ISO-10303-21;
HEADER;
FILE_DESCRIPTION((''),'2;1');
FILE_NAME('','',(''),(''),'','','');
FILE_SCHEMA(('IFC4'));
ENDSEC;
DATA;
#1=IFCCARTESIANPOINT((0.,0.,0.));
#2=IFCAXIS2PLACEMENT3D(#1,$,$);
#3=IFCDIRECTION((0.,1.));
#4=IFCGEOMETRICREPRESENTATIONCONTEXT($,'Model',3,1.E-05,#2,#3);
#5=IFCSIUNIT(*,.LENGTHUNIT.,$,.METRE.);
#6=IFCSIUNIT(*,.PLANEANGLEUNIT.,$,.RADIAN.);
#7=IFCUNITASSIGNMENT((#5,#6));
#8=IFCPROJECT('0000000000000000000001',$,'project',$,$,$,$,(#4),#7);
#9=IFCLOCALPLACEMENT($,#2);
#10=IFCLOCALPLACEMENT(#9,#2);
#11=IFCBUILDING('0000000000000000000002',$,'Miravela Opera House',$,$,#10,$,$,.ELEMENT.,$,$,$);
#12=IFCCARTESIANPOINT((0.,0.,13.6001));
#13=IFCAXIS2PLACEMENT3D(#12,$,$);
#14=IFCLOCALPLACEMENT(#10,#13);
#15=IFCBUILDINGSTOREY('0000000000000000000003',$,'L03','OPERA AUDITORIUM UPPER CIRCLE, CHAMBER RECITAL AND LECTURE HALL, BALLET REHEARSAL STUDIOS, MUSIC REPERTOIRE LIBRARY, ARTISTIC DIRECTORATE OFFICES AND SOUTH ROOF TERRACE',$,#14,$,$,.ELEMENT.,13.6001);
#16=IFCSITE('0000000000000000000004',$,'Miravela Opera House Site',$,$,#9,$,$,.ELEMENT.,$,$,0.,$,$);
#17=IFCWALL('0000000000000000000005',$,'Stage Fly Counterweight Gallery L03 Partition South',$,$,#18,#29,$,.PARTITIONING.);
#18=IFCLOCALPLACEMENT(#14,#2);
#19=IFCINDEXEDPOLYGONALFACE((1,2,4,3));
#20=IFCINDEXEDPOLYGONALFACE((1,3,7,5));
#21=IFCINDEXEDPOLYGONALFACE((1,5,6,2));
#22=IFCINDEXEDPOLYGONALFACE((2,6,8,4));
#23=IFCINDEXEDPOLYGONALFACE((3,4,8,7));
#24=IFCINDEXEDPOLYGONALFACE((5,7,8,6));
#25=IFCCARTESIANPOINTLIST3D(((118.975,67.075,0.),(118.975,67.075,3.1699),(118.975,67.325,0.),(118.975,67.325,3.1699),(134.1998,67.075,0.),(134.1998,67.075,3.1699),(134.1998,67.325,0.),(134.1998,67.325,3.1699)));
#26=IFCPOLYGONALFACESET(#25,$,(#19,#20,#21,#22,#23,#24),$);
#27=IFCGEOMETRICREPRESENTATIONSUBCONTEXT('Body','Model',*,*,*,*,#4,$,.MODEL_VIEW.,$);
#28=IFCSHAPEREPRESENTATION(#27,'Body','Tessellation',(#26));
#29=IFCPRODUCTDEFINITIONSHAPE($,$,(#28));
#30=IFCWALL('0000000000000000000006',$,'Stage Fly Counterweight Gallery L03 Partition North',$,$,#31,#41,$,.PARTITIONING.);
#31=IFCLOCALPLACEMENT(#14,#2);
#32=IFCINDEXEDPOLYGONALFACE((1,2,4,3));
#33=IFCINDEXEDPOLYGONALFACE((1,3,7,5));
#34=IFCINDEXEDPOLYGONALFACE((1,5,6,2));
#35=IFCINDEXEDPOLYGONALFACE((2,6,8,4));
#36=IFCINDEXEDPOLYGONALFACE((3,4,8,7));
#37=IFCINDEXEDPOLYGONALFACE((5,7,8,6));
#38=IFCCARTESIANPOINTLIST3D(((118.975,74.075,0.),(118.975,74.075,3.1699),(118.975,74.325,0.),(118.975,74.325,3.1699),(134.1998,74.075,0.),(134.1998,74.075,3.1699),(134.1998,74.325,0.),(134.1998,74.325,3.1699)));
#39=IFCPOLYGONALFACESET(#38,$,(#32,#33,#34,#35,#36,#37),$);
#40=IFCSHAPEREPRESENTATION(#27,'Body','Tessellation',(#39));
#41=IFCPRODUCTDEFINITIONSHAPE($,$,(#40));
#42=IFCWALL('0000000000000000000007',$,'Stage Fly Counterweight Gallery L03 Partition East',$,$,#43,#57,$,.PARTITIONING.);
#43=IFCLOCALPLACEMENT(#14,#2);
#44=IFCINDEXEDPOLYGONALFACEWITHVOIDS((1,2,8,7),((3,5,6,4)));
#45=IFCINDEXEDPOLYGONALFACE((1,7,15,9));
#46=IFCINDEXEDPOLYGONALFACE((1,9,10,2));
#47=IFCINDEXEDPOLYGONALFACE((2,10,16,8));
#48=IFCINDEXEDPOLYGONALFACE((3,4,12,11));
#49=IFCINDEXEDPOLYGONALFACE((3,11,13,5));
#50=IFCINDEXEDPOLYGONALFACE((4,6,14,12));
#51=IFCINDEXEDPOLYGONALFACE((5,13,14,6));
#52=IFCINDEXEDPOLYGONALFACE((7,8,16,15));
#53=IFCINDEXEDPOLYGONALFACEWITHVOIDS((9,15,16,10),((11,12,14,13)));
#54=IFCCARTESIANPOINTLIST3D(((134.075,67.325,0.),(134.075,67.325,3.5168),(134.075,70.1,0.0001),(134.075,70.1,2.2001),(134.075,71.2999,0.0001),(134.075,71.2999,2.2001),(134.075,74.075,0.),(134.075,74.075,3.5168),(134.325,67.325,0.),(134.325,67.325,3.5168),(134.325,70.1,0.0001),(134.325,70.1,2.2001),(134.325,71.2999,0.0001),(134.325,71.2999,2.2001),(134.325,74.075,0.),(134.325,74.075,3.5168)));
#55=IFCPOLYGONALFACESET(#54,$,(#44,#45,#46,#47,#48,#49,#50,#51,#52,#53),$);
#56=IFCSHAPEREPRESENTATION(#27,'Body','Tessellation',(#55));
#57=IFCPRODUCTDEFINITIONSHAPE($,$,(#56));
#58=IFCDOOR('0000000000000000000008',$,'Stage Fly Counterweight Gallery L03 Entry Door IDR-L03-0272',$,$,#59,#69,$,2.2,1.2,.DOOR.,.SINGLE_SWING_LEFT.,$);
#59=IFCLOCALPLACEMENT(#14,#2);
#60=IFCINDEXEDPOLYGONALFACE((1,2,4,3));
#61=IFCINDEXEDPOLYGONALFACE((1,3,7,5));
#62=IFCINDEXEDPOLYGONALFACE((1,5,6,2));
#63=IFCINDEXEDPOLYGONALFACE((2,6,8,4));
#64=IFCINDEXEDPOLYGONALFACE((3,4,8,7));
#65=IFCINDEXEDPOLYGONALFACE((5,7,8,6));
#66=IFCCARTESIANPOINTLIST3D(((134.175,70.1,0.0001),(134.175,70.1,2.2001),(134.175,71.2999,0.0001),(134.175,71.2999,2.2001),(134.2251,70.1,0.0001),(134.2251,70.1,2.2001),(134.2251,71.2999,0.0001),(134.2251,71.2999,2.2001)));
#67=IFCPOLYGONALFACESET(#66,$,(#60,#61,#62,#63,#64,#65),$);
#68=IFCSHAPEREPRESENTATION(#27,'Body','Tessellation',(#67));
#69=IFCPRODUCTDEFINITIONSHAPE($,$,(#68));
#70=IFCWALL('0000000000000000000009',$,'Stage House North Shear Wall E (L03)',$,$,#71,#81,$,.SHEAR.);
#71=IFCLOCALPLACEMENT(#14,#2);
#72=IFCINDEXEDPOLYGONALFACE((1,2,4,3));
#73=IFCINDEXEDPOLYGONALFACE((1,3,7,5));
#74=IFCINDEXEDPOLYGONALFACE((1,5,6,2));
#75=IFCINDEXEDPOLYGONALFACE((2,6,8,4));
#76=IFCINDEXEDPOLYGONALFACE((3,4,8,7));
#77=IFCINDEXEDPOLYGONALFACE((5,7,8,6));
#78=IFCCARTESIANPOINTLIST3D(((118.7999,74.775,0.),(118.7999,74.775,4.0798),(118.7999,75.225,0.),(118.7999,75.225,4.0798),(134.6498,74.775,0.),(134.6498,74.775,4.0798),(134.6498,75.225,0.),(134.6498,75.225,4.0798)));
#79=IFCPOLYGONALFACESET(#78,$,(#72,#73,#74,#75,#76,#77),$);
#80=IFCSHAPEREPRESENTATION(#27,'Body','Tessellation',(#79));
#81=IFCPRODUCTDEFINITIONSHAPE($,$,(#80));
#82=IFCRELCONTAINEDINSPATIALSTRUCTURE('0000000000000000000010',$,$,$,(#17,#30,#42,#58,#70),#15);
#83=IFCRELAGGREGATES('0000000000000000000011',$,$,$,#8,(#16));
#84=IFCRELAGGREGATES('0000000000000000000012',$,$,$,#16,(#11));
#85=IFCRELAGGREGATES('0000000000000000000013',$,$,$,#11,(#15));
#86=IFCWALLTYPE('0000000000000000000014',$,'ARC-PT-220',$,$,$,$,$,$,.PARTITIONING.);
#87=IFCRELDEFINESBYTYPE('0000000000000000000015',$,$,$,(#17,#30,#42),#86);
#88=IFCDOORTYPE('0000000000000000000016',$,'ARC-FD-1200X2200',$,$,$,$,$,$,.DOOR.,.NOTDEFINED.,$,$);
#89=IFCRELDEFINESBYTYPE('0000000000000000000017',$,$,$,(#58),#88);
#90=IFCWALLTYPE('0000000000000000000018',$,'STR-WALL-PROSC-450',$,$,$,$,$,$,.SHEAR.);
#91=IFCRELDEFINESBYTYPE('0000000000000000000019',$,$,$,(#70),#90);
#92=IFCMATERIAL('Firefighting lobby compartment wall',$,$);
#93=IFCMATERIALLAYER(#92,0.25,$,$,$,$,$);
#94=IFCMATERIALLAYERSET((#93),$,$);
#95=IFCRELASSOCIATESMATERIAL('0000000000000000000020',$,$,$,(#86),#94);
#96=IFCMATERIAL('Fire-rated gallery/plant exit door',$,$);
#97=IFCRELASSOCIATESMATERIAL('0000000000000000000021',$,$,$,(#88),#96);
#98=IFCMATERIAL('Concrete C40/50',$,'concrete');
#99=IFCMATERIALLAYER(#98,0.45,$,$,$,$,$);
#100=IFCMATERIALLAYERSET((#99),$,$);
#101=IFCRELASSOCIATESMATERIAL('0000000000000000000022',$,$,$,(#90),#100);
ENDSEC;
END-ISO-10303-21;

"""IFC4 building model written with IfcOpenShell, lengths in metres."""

from ifc_helpers import new_model, si_unit, direction, frame, frame_2d, origin, place, context, subcontext, project, spatial, rectangle, extrude, material, layer, layer_set, type_object, element, fill, save


model = new_model("IFC4")

# Units and contexts
model_context = context("Model", 3, precision=1e-05, world=origin(), true_north=direction((0.0, 1.0)))
body_context = subcontext(model_context, "Body", "Model", "MODEL_VIEW")
ifc_project = project(units=[si_unit("LENGTHUNIT", "METRE"), si_unit("PLANEANGLEUNIT", "RADIAN")], contexts=[model_context])

# Site, building, storey
site_placement = place(None, origin())
site = spatial("IfcSite", under=ifc_project, at=site_placement, Name="Miravela Opera House Site", CompositionType="ELEMENT", RefElevation=0.0)
building_placement = place(site_placement, origin())
building = spatial("IfcBuilding", under=site, at=building_placement, Name="Miravela Opera House", CompositionType="ELEMENT")
storey_placement = place(building_placement, frame((0.0, 0.0, 13.6001)))
storey = spatial("IfcBuildingStorey", under=building, at=storey_placement, Name="L03", Description="OPERA AUDITORIUM UPPER CIRCLE, CHAMBER RECITAL AND LECTURE HALL, BALLET REHEARSAL STUDIOS, MUSIC REPERTOIRE LIBRARY, ARTISTIC DIRECTORATE OFFICES AND SOUTH ROOF TERRACE", CompositionType="ELEMENT", Elevation=13.6001)

# Shared definitions
ifc_material_1 = material(Name="Concrete C40/50", Category="concrete")

# Walls
ifc_material_2 = material(Name="Firefighting lobby compartment wall")
ifc_layer_1 = layer(ifc_material_2, 0.25)
ifc_layer_set_1 = layer_set([ifc_layer_1])
wall_type_1 = type_object("IfcWallType", Name="ARC-PT-220", PredefinedType="PARTITIONING", material=ifc_layer_set_1)
for number, where, z_axis, x_axis, name in (
    (1, (118.9751, 67.2, 0.0), (0.0, 0.0, 1.0), (1.0, 0.0, 0.0), "Stage Fly Counterweight Gallery L03 Partition South"),
    (2, (118.9751, 74.2, 0.0), (0.0, 0.0, 1.0), (1.0, 0.0, 0.0), "Stage Fly Counterweight Gallery L03 Partition North"),
):
    element("IfcWall", number, at=place(storey_placement, frame(where, z_axis=z_axis, x_axis=x_axis)), inside=storey, type_object=wall_type_1, Name=name, PredefinedType="PARTITIONING", context=body_context, shape_type="SweptSolid", body=[
        extrude(rectangle(XDim=15.2249, YDim=0.25, at=frame_2d((7.6123, 0.0))), origin(), (0.0, 0.0, 1.0), 3.1699),
    ])

# Wall, opening, door
wall_1_placement = place(storey_placement, frame((134.2, 67.325, 0.0), z_axis=(0.0, 0.0, 1.0), x_axis=(0.0, 1.0, 0.0)))
wall_1 = element("IfcWall", 3, at=wall_1_placement, inside=storey, type_object=wall_type_1, Name="Stage Fly Counterweight Gallery L03 Partition East", PredefinedType="PARTITIONING", context=body_context, shape_type="SweptSolid", body=[
    extrude(rectangle(XDim=6.75, YDim=0.25, at=frame_2d((3.375, 0.0))), origin(), (0.0, 0.0, 1.0), 3.5168),
])
opening_1_placement = place(wall_1_placement, frame((2.7749, 0.0, 0.0)))
opening_1 = element("IfcOpeningElement", 4, at=opening_1_placement, cuts=wall_1, PredefinedType="OPENING", context=body_context, shape_type="SweptSolid", body=[
    extrude(rectangle(XDim=1.2, YDim=2.2, at=frame_2d((0.6001, 1.1001))), frame((0.0, 0.135, 0.0), z_axis=(0.0, -1.0, 0.0), x_axis=(1.0, 0.0, 0.0)), (0.0, 0.0, 1.0), 0.27),
])
ifc_material_3 = material(Name="Fire-rated gallery/plant exit door")
door_type_1 = type_object("IfcDoorType", Name="ARC-FD-1200X2200", OperationType="NOTDEFINED", PredefinedType="DOOR", material=ifc_material_3)
door_1_placement = place(opening_1_placement, origin())
door_1 = element("IfcDoor", 5, at=door_1_placement, inside=storey, type_object=door_type_1, Name="Stage Fly Counterweight Gallery L03 Entry Door IDR-L03-0272", OperationType="SINGLE_SWING_LEFT", OverallHeight=2.2, OverallWidth=1.2, PredefinedType="DOOR", context=body_context, shape_type="SweptSolid", body=[
    extrude(rectangle(XDim=1.2, YDim=2.2, at=frame_2d((0.6001, 1.1001))), frame((0.0, 0.0249, 0.0), z_axis=(0.0, -1.0, 0.0), x_axis=(1.0, 0.0, 0.0)), (0.0, 0.0, 1.0), 0.05),
])
fill(opening_1, door_1)

# Wall
ifc_layer_2 = layer(ifc_material_1, 0.45)
ifc_layer_set_2 = layer_set([ifc_layer_2])
wall_type_2 = type_object("IfcWallType", Name="STR-WALL-PROSC-450", PredefinedType="SHEAR", material=ifc_layer_set_2)
wall_2_placement = place(storey_placement, frame((118.8, 75.0, 0.0), z_axis=(0.0, 0.0, 1.0), x_axis=(1.0, 0.0, 0.0)))
element("IfcWall", 6, at=wall_2_placement, inside=storey, type_object=wall_type_2, Name="Stage House North Shear Wall E (L03)", PredefinedType="SHEAR", context=body_context, shape_type="SweptSolid", body=[
    extrude(rectangle(XDim=15.8499, YDim=0.45, at=frame_2d((7.9248, 0.0))), origin(), (0.0, 0.0, 1.0), 4.0798),
])

save(model, "model.ifc")
